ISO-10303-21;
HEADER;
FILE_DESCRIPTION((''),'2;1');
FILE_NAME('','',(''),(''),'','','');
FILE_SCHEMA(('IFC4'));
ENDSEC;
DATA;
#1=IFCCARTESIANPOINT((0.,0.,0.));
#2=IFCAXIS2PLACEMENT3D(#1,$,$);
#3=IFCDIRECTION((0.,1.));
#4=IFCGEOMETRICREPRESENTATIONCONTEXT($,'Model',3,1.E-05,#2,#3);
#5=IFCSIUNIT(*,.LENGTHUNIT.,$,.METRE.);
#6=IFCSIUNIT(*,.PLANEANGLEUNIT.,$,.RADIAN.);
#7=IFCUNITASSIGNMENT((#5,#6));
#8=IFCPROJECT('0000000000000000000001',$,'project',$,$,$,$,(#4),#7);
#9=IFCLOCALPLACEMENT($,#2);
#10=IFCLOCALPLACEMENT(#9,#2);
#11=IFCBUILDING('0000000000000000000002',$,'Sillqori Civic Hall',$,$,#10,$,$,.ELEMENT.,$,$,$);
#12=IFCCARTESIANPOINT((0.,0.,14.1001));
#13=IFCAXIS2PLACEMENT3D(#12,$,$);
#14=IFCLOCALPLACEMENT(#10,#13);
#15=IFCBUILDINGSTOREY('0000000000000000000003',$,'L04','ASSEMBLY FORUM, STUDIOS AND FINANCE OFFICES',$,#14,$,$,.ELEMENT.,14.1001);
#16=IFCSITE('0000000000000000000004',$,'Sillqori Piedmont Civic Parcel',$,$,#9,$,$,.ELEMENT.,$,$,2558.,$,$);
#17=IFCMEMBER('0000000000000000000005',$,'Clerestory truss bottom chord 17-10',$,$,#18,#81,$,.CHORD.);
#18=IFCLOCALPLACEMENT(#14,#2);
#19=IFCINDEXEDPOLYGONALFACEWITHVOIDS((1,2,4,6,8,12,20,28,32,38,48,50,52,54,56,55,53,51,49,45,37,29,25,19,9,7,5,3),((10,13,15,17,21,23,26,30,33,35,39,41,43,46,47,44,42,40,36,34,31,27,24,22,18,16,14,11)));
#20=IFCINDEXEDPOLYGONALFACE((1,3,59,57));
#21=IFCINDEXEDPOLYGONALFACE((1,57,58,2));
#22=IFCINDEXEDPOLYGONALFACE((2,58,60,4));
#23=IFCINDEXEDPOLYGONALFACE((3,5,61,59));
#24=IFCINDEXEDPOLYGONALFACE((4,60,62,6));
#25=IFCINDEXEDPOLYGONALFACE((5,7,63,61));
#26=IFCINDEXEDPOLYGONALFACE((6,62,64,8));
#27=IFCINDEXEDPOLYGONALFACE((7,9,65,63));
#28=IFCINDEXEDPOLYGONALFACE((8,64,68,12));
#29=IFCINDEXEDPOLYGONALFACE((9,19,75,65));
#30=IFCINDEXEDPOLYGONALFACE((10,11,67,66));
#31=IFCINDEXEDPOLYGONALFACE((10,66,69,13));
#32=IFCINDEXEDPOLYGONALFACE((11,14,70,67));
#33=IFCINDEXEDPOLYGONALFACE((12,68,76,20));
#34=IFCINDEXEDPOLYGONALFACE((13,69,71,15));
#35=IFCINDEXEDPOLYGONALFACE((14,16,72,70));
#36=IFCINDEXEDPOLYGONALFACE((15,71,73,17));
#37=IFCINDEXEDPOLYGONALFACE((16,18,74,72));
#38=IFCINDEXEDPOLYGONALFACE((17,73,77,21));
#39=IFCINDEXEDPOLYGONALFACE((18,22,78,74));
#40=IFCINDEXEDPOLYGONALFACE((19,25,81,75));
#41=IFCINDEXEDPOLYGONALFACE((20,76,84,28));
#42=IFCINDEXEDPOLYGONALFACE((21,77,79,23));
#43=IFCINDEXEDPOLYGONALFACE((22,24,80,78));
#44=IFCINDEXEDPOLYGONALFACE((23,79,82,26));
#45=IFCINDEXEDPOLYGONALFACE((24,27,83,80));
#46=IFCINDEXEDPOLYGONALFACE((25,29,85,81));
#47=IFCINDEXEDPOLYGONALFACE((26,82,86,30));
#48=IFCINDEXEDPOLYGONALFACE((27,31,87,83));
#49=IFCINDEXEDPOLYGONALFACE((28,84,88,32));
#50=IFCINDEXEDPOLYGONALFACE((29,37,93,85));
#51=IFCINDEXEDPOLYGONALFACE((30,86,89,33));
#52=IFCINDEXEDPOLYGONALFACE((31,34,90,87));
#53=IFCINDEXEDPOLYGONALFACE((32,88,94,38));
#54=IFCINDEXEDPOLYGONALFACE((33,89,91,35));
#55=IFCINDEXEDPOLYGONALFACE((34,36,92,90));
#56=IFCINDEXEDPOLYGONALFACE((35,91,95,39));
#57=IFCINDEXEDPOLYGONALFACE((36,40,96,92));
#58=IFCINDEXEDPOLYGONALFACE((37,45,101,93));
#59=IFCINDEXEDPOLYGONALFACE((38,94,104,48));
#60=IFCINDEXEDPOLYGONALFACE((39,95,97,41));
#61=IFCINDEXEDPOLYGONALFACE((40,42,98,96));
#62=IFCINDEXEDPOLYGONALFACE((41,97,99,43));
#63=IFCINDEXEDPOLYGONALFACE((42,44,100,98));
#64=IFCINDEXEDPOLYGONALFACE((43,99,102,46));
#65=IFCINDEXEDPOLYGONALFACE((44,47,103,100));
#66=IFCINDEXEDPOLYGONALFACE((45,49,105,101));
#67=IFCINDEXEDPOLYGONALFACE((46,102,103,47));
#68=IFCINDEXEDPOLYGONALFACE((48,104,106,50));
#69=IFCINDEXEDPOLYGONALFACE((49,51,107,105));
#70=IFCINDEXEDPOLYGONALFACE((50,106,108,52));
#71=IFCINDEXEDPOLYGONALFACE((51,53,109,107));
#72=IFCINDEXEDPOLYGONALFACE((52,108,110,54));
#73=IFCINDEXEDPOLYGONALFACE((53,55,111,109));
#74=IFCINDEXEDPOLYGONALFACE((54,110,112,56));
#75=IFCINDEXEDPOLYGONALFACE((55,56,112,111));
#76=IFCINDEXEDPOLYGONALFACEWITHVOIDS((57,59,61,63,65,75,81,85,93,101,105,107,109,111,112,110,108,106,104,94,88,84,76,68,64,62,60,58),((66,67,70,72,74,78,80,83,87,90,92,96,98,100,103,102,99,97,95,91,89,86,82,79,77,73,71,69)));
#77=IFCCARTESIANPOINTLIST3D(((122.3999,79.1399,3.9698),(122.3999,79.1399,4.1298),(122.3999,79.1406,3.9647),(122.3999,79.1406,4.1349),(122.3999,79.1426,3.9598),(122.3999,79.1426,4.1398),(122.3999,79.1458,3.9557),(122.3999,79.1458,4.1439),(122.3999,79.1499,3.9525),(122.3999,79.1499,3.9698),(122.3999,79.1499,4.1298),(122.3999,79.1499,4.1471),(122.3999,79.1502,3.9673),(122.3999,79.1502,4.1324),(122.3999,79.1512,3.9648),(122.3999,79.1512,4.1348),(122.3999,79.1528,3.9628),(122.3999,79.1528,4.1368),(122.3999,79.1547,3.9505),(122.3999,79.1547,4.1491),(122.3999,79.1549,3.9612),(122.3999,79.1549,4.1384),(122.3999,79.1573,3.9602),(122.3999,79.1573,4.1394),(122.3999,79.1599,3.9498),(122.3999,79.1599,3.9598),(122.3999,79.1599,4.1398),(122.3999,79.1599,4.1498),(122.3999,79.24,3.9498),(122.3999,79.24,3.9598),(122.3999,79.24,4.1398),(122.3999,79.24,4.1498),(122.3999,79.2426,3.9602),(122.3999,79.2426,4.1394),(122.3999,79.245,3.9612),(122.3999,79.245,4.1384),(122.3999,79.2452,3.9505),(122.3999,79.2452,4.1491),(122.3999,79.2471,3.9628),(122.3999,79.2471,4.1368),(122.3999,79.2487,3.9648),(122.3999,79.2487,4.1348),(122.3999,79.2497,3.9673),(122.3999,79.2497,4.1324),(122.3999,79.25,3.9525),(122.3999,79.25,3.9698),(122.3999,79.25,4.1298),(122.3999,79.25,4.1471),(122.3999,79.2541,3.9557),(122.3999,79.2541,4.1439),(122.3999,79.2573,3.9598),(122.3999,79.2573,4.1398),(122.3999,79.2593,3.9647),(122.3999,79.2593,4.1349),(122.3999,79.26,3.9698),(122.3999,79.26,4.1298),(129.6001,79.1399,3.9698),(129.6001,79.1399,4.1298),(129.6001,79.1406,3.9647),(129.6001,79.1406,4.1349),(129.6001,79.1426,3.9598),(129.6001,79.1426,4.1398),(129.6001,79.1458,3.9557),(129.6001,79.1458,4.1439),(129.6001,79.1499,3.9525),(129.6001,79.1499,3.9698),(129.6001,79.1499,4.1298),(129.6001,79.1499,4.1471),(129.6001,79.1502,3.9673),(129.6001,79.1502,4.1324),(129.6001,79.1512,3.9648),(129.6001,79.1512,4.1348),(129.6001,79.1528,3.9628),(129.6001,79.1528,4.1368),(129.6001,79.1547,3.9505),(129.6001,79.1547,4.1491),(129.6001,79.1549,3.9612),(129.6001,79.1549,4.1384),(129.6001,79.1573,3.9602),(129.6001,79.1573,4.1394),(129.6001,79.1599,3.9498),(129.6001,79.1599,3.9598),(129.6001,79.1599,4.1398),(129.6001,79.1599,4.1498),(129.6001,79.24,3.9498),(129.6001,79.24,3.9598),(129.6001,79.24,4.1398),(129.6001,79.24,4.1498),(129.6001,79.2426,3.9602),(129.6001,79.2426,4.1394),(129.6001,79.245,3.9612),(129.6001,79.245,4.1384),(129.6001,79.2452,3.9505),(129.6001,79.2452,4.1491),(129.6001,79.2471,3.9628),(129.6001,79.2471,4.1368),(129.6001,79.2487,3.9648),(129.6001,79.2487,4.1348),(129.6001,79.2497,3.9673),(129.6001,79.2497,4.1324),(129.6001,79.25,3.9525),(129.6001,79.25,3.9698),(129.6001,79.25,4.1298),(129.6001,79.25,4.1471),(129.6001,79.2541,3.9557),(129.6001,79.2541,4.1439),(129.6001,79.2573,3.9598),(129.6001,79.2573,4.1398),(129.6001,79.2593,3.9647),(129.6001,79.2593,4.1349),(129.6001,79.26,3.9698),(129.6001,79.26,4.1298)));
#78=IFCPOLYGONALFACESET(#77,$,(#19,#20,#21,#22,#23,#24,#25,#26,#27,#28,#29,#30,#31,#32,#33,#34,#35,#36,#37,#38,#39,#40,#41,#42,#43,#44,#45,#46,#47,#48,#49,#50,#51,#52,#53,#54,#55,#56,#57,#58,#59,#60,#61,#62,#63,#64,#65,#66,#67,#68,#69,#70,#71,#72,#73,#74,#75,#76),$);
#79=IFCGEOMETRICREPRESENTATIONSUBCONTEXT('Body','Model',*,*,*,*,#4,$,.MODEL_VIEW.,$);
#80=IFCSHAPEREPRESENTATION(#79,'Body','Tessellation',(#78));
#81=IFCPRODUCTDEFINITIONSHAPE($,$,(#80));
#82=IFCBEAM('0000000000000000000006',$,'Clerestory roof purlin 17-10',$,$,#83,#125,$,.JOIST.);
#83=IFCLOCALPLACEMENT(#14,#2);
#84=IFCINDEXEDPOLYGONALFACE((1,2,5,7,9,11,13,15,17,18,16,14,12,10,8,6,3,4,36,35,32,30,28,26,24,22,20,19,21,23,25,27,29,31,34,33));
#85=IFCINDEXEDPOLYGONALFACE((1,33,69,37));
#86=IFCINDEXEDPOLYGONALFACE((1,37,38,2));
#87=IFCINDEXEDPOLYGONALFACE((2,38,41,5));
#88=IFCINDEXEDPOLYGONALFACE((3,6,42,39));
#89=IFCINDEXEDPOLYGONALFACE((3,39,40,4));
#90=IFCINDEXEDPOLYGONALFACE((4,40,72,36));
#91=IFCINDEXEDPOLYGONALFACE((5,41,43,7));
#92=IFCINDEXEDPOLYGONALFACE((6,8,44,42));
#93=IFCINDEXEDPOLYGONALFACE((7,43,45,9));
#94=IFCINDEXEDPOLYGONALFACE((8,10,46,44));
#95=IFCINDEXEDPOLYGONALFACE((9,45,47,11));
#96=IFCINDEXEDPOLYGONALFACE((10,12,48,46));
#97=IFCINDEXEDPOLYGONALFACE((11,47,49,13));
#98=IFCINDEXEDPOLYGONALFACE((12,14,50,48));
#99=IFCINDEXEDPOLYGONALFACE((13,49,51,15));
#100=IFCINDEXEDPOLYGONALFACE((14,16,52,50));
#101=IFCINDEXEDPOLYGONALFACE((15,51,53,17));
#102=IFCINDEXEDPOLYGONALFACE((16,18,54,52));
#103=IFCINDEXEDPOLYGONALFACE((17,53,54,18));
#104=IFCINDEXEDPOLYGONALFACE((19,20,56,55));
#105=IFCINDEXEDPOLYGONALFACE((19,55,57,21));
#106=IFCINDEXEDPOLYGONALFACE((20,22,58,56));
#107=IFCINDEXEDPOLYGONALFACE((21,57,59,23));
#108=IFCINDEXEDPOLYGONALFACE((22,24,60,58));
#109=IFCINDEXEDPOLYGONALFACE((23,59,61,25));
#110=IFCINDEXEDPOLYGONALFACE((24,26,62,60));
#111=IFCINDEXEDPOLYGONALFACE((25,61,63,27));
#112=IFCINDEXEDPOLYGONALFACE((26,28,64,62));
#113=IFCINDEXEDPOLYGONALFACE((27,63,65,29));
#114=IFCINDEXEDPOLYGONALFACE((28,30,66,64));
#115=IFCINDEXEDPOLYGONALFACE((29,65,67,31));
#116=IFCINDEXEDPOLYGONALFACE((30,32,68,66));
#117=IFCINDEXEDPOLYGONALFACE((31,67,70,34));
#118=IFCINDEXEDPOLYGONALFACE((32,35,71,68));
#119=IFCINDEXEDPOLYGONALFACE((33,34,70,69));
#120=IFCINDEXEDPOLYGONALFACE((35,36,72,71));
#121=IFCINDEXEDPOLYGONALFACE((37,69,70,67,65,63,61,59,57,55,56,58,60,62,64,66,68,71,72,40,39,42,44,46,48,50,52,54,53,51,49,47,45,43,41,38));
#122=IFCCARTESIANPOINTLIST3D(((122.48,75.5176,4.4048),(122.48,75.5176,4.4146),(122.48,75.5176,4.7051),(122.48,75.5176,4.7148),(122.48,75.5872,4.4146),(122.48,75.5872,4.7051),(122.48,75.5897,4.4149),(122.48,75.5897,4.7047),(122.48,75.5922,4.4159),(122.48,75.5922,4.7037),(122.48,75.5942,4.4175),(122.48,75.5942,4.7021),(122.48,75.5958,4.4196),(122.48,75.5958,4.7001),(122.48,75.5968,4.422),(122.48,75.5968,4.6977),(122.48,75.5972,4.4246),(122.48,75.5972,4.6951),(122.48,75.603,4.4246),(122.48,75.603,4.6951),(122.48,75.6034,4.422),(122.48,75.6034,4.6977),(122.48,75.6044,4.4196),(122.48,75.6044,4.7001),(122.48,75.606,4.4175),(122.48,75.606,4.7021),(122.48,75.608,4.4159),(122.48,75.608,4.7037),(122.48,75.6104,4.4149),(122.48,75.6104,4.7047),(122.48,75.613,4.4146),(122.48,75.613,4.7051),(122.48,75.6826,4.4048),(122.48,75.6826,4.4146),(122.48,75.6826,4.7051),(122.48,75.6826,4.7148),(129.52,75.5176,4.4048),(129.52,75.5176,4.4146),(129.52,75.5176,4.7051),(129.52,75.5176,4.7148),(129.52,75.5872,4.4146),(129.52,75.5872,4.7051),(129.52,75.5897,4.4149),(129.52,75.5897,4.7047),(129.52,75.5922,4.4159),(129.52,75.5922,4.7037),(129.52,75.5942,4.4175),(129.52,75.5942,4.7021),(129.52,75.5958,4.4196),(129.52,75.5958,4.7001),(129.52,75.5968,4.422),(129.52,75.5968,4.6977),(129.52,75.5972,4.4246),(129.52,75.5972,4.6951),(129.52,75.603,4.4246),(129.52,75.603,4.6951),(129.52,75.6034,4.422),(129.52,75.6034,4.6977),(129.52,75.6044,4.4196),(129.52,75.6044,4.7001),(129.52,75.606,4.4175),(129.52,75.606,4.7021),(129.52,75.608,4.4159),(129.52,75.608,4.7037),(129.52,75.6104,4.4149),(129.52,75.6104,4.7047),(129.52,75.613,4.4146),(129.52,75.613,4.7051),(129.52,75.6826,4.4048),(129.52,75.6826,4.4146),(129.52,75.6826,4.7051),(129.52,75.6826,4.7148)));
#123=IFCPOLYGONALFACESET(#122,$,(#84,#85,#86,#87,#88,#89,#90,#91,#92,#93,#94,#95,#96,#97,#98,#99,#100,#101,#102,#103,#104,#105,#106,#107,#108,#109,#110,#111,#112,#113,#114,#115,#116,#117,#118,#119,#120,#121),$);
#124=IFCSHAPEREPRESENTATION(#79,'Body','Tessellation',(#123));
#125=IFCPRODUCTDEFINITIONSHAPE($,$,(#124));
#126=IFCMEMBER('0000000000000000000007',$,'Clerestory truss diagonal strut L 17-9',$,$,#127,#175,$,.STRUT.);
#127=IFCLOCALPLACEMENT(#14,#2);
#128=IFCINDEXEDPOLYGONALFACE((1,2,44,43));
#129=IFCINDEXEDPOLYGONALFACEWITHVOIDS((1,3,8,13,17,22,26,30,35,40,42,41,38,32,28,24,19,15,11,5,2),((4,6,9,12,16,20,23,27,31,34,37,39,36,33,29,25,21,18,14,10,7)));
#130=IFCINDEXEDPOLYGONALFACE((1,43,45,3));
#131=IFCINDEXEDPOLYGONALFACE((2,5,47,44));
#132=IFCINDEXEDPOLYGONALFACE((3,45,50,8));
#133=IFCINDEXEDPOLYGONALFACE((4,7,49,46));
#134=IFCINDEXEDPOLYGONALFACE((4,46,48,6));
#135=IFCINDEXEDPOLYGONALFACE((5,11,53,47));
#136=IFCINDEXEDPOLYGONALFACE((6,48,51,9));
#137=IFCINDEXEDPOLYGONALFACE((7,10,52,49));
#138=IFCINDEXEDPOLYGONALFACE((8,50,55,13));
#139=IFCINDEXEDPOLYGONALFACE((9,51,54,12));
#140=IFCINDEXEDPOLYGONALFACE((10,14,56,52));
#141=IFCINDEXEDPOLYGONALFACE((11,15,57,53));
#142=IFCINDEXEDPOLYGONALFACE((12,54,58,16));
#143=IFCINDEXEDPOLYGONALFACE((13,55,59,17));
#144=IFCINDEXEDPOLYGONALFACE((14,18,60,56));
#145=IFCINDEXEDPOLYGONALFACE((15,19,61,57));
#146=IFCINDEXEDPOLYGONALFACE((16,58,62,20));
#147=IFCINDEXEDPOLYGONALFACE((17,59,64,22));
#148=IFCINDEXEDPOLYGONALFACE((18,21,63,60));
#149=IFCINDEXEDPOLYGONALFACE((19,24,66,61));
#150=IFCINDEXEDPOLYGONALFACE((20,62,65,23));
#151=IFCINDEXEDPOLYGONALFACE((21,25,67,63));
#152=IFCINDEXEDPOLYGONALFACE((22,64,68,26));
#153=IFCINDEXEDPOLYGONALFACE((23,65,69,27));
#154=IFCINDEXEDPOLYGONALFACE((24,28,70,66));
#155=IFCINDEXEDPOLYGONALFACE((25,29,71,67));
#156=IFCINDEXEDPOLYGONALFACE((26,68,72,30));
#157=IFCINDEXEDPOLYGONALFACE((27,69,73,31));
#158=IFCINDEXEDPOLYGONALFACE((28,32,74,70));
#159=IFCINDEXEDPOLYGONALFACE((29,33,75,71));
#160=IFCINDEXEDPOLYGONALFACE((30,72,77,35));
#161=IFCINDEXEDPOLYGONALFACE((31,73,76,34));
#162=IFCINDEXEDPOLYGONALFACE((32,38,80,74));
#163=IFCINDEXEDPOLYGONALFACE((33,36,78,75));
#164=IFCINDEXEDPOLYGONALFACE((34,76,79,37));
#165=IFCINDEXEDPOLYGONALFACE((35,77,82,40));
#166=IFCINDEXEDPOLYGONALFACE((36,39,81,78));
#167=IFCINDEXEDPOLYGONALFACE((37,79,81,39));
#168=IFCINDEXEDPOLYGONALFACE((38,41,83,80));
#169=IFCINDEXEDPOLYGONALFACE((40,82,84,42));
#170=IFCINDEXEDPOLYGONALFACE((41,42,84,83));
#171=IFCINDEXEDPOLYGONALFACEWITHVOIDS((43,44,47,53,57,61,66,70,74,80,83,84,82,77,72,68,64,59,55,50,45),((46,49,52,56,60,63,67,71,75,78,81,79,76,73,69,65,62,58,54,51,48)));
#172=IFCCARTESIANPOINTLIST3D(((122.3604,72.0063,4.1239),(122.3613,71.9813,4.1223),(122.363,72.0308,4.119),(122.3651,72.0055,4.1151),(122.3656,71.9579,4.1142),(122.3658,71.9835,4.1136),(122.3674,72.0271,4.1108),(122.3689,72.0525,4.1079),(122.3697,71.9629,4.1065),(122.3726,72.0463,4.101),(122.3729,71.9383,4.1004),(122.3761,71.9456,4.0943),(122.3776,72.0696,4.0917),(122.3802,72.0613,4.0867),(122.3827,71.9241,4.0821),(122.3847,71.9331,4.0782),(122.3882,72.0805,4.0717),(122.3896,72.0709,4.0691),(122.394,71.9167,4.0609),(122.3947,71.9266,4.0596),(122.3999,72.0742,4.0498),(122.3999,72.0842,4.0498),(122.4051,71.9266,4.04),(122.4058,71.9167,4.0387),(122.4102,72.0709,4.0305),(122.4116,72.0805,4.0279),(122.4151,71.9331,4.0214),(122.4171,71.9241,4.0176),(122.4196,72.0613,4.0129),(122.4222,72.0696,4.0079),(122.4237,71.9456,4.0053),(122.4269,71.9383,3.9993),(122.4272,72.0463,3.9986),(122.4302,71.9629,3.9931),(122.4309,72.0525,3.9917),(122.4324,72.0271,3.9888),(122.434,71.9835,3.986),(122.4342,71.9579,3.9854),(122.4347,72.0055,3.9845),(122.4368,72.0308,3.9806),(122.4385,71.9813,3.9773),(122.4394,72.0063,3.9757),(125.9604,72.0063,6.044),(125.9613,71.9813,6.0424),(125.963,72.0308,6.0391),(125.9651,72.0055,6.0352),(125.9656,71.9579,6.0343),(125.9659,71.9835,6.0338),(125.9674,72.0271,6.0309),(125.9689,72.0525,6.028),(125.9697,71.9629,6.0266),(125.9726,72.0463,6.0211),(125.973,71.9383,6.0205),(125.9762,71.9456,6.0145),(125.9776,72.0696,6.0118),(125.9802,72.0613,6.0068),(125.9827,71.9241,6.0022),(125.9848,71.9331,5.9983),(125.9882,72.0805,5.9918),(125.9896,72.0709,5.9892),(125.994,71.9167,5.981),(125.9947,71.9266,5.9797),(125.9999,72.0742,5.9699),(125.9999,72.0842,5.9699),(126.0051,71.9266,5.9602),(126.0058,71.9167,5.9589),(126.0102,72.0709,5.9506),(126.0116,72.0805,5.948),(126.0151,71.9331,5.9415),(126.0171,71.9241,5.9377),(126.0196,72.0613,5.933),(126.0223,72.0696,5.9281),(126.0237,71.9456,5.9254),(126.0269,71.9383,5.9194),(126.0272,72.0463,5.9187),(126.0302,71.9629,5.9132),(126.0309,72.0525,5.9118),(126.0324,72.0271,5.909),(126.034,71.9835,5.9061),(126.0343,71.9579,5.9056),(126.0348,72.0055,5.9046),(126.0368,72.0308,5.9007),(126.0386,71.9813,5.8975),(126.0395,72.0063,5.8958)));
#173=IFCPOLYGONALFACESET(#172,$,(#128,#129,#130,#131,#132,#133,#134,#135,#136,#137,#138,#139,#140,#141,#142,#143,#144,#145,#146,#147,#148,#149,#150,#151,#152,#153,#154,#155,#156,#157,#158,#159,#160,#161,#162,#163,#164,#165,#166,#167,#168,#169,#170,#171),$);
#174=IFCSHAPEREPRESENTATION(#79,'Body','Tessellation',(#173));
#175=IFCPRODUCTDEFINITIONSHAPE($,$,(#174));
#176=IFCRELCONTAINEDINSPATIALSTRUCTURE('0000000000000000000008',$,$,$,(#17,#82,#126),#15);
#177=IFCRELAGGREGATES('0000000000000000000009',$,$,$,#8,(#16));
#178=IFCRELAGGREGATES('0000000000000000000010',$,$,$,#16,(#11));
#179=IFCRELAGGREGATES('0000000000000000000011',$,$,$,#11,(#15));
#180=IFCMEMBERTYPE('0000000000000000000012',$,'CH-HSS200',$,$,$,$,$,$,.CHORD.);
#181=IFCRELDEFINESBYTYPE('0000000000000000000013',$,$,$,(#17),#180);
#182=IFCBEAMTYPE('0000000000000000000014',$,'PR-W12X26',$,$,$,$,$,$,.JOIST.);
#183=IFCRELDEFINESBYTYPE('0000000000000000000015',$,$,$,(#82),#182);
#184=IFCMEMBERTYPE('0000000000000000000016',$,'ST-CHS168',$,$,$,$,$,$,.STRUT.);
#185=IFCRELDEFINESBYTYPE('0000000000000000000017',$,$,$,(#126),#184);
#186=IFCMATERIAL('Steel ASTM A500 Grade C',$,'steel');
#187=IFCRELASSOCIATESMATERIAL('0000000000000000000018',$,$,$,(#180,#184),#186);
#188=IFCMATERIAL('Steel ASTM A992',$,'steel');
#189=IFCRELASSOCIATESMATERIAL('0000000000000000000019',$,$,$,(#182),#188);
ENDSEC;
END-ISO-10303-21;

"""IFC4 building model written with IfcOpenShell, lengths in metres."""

from ifc_helpers import new_model, si_unit, direction, frame, origin, origin_2d, place, context, subcontext, project, spatial, hollow_rectangle, hollow_circle, i_section, extrude, material, material_profile, profile_set, type_object, element, save


model = new_model("IFC4")

# Units and contexts
model_context = context("Model", 3, precision=1e-05, world=origin(), true_north=direction((0.0, 1.0)))
body_context = subcontext(model_context, "Body", "Model", "MODEL_VIEW")
ifc_project = project(units=[si_unit("LENGTHUNIT", "METRE"), si_unit("PLANEANGLEUNIT", "RADIAN")], contexts=[model_context])

# Site, building, storey
site_placement = place(None, origin())
site = spatial("IfcSite", under=ifc_project, at=site_placement, Name="Sillqori Piedmont Civic Parcel", CompositionType="ELEMENT", RefElevation=2558.0)
building_placement = place(site_placement, origin())
building = spatial("IfcBuilding", under=site, at=building_placement, Name="Sillqori Civic Hall", CompositionType="ELEMENT")
storey_placement = place(building_placement, frame((0.0, 0.0, 14.1001)))
storey = spatial("IfcBuildingStorey", under=building, at=storey_placement, Name="L04", Description="ASSEMBLY FORUM, STUDIOS AND FINANCE OFFICES", CompositionType="ELEMENT", Elevation=14.1001)

# Shared definitions
ifc_material_1 = material(Name="Steel ASTM A992", Category="steel")

# Member
ifc_material_2 = material(Name="Steel ASTM A500 Grade C", Category="steel")
ifc_material_profile_1 = material_profile(ifc_material_2, hollow_rectangle(XDim=0.1201, YDim=0.2, WallThickness=0.01, InnerFilletRadius=0.01, OuterFilletRadius=0.02, at=origin_2d()), Name="HSS200X120X10")
ifc_profile_set_1 = profile_set([ifc_material_profile_1], Name="Steel ASTM A500 Grade C")
member_type_1 = type_object("IfcMemberType", Name="CH-HSS200", PredefinedType="CHORD", material=ifc_profile_set_1)
for number, where, z_axis, x_axis, name in (
    (1, (122.3999, 79.2, 4.0498), (1.0, 0.0, 0.0), (0.0, 1.0, 0.0), "Clerestory truss bottom chord 17-10"),
):
    element("IfcMember", number, at=place(storey_placement, frame(where, z_axis=z_axis, x_axis=x_axis)), inside=storey, type_object=member_type_1, Name=name, PredefinedType="CHORD", context=body_context, shape_type="SweptSolid", body=[
        extrude(hollow_rectangle(XDim=0.1201, YDim=0.2, WallThickness=0.01, InnerFilletRadius=0.01, OuterFilletRadius=0.02, at=origin_2d()), origin(), (0.0, 0.0, 1.0), 7.2002),
    ])

# Beam
ifc_material_profile_2 = material_profile(ifc_material_1, i_section(OverallWidth=0.165, OverallDepth=0.3101, WebThickness=0.0059, FlangeThickness=0.0098, FilletRadius=0.01, at=origin_2d()), Name="W12X26")
ifc_profile_set_2 = profile_set([ifc_material_profile_2], Name="Steel ASTM A992")
beam_type_1 = type_object("IfcBeamType", Name="PR-W12X26", PredefinedType="JOIST", material=ifc_profile_set_2)
beam_1_placement = place(storey_placement, frame((122.48, 75.6001, 4.5598), z_axis=(1.0, 0.0, 0.0), x_axis=(0.0, 1.0, 0.0)))
element("IfcBeam", 2, at=beam_1_placement, inside=storey, type_object=beam_type_1, Name="Clerestory roof purlin 17-10", PredefinedType="JOIST", context=body_context, shape_type="SweptSolid", body=[
    extrude(i_section(OverallWidth=0.165, OverallDepth=0.3101, WebThickness=0.0059, FlangeThickness=0.0098, FilletRadius=0.01, at=origin_2d()), origin(), (0.0, 0.0, 1.0), 7.04),
])

# Member
ifc_material_profile_3 = material_profile(ifc_material_2, hollow_circle(Radius=0.0842, WallThickness=0.01, at=origin_2d()), Name="CHS168X10")
ifc_profile_set_3 = profile_set([ifc_material_profile_3], Name="Steel ASTM A500 Grade C")
member_type_2 = type_object("IfcMemberType", Name="ST-CHS168", PredefinedType="STRUT", material=ifc_profile_set_3)
for number, where, z_axis, x_axis, name in (
    (3, (122.3999, 72.0, 4.0498), (0.882341, 0.0, 0.47061), (0.0, 1.0, 0.0), "Clerestory truss diagonal strut L 17-9"),
):
    element("IfcMember", number, at=place(storey_placement, frame(where, z_axis=z_axis, x_axis=x_axis)), inside=storey, type_object=member_type_2, Name=name, PredefinedType="STRUT", context=body_context, shape_type="SweptSolid", body=[
        extrude(hollow_circle(Radius=0.0842, WallThickness=0.01, at=origin_2d()), origin(), (0.0, 0.0, 1.0), 4.0801),
    ])

save(model, "model.ifc")
